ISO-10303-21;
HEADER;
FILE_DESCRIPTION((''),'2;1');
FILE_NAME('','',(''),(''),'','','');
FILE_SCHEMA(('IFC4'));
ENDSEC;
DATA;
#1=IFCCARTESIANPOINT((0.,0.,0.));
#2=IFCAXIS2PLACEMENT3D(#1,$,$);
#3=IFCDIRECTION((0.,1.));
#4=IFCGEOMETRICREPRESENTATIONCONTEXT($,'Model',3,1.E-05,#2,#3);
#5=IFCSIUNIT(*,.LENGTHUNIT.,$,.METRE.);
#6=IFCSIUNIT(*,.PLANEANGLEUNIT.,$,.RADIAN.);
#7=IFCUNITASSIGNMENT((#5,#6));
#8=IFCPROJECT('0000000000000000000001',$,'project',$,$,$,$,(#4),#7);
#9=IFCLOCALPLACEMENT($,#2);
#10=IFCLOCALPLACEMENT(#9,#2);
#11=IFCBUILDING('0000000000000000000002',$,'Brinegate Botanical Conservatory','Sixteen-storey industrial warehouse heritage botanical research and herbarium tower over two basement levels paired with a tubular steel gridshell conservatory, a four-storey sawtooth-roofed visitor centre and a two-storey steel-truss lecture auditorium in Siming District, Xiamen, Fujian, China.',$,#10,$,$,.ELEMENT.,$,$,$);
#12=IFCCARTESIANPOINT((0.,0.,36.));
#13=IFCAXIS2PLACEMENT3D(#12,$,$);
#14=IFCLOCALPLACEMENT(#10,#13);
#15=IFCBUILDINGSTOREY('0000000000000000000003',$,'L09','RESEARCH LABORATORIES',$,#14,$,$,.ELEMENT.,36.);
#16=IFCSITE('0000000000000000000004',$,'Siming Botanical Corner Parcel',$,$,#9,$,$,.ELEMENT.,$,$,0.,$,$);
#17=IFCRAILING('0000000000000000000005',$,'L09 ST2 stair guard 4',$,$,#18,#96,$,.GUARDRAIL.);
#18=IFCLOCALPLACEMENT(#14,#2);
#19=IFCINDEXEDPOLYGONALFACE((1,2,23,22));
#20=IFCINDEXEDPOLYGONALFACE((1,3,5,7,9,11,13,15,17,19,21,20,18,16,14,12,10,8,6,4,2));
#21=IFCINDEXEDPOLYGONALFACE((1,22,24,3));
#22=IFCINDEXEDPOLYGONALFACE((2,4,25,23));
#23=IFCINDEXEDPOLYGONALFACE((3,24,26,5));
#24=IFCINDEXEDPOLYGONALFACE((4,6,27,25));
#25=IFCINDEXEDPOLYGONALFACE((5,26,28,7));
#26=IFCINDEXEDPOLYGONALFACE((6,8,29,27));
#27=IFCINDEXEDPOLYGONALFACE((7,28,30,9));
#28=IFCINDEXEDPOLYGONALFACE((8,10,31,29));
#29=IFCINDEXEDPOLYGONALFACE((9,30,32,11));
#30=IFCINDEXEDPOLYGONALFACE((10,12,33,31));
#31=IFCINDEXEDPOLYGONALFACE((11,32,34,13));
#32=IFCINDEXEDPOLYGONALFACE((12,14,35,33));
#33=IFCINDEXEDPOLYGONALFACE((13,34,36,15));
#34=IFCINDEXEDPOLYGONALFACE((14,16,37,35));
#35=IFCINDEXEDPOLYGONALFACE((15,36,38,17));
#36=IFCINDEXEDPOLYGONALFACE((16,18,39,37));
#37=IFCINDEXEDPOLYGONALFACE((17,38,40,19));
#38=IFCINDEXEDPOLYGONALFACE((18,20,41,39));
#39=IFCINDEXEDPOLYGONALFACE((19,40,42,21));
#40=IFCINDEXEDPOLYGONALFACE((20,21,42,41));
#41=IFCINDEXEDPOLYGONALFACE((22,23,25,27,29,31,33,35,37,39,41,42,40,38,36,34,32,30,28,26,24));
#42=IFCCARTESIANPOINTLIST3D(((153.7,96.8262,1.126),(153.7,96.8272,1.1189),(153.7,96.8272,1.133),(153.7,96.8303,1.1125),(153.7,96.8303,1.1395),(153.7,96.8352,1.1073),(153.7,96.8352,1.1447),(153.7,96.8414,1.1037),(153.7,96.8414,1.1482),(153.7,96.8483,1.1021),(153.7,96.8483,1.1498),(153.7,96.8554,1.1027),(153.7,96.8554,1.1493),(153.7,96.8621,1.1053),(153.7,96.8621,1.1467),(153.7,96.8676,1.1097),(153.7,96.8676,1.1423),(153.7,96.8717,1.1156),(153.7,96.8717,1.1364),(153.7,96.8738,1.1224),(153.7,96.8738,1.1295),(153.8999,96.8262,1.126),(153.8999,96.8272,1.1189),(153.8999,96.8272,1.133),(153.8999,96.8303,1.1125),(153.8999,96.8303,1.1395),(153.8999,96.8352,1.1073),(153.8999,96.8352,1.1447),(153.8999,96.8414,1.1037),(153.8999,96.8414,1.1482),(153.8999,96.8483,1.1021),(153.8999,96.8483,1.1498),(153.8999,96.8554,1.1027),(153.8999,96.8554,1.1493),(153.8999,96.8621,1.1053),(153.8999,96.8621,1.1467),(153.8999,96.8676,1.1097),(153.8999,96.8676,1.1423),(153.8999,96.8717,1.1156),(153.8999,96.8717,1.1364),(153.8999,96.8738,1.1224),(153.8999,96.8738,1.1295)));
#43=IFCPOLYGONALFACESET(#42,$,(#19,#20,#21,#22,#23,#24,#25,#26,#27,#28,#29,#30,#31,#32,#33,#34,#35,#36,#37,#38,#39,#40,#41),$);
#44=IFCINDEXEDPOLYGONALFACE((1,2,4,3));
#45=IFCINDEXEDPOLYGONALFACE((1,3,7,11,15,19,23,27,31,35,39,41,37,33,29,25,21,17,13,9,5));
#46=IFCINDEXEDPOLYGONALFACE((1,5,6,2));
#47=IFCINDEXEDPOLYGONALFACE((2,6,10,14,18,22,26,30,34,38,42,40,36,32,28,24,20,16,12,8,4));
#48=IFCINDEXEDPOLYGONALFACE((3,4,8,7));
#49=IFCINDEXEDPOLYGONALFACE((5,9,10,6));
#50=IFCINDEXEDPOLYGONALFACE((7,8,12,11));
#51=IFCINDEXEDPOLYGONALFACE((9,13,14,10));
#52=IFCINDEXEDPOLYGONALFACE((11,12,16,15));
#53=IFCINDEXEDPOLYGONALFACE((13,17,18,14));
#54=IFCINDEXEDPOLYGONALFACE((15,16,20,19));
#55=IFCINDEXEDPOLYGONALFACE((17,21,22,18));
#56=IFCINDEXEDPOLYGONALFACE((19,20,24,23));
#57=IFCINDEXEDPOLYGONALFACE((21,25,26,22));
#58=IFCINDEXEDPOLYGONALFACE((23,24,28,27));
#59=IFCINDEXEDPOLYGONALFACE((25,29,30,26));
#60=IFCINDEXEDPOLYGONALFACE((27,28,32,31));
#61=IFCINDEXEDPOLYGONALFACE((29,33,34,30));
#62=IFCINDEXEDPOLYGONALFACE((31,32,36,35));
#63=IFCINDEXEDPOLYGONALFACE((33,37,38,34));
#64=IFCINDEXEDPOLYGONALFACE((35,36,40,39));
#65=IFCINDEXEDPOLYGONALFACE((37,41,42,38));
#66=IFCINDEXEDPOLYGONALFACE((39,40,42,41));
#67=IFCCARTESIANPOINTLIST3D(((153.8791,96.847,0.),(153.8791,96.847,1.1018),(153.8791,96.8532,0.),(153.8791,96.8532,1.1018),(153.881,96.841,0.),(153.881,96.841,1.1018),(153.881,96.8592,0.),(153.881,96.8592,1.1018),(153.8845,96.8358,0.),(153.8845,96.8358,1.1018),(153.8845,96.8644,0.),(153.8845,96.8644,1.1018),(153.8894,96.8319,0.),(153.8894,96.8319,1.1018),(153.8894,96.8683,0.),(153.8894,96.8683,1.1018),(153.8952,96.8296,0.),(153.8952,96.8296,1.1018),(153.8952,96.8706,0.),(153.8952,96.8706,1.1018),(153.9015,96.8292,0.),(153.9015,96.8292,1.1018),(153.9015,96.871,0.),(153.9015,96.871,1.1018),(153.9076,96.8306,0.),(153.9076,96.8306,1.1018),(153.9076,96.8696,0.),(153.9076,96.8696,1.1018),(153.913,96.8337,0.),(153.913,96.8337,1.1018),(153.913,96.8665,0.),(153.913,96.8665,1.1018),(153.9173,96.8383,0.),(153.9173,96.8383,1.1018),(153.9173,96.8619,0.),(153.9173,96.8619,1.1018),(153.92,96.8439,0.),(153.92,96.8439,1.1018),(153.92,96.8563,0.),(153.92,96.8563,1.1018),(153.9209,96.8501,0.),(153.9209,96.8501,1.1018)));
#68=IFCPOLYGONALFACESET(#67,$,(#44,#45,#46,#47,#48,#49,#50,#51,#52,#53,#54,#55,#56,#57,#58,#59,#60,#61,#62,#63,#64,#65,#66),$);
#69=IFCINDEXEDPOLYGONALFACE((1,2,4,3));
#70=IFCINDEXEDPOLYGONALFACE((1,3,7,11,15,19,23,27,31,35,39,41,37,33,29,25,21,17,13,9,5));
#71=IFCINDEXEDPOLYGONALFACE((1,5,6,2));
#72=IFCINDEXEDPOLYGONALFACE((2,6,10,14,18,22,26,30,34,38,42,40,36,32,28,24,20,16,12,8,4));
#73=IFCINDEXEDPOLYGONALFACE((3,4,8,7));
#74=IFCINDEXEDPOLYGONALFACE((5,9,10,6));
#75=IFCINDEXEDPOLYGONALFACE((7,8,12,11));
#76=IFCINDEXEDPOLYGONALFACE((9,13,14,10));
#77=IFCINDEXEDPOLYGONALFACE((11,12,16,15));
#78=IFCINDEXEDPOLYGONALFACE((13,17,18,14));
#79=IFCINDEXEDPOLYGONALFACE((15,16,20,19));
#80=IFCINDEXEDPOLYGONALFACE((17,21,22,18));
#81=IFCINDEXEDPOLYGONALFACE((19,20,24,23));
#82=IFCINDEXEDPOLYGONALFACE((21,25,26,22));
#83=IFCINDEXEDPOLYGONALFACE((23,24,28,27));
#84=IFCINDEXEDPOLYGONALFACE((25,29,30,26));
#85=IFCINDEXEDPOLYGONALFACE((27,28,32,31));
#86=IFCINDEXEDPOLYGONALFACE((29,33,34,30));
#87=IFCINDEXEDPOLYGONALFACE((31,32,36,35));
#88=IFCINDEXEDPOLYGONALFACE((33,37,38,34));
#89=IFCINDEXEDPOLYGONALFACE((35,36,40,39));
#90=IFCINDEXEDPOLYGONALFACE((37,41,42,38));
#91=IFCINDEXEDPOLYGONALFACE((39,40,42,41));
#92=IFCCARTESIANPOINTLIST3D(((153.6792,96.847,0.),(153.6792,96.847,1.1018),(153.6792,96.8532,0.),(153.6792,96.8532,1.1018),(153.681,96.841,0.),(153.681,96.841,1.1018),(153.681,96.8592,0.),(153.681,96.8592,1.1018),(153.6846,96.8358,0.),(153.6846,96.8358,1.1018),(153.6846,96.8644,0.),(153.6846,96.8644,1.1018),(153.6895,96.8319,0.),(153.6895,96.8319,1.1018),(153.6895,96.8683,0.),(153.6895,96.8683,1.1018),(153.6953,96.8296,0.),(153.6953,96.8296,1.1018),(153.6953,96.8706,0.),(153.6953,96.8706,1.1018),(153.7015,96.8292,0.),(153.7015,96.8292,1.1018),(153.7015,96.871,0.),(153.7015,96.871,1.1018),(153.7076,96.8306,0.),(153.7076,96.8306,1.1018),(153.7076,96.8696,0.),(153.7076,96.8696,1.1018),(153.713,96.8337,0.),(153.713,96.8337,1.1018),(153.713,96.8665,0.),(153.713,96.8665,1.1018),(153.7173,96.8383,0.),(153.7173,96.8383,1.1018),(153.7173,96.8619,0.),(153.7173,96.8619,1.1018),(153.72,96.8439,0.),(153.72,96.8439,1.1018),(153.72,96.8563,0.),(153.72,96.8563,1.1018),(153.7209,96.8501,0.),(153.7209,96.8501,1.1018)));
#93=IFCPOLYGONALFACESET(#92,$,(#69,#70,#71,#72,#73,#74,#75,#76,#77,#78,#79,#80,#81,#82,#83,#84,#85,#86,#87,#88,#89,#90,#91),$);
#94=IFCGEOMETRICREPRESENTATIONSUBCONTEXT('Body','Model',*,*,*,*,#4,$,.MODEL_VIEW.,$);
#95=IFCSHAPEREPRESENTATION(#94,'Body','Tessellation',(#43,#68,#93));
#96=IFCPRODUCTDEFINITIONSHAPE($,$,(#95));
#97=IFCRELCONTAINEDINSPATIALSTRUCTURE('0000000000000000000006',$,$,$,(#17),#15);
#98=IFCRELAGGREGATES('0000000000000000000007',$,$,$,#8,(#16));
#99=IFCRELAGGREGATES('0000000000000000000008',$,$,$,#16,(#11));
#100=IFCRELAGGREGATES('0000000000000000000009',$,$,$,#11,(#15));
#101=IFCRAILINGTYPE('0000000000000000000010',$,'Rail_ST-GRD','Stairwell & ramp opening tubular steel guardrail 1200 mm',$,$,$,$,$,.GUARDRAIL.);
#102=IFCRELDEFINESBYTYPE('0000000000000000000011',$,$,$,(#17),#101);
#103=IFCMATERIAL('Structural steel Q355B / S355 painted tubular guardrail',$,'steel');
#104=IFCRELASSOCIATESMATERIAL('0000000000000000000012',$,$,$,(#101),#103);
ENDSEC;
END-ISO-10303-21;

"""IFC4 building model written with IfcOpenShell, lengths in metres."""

from ifc_helpers import new_model, si_unit, direction, frame, origin, origin_2d, place, context, subcontext, project, spatial, circle, extrude, material, type_object, element, save


model = new_model("IFC4")

# Units and contexts
model_context = context("Model", 3, precision=1e-05, world=origin(), true_north=direction((0.0, 1.0)))
body_context = subcontext(model_context, "Body", "Model", "MODEL_VIEW")
ifc_project = project(units=[si_unit("LENGTHUNIT", "METRE"), si_unit("PLANEANGLEUNIT", "RADIAN")], contexts=[model_context])

# Site, building, storey
site_placement = place(None, origin())
site = spatial("IfcSite", under=ifc_project, at=site_placement, Name="Siming Botanical Corner Parcel", CompositionType="ELEMENT", RefElevation=0.0)
building_placement = place(site_placement, origin())
building = spatial("IfcBuilding", under=site, at=building_placement, Name="Brinegate Botanical Conservatory", Description="Sixteen-storey industrial warehouse heritage botanical research and herbarium tower over two basement levels paired with a tubular steel gridshell conservatory, a four-storey sawtooth-roofed visitor centre and a two-storey steel-truss lecture auditorium in Siming District, Xiamen, Fujian, China.", CompositionType="ELEMENT")
storey_placement = place(building_placement, frame((0.0, 0.0, 36.0)))
storey = spatial("IfcBuildingStorey", under=building, at=storey_placement, Name="L09", Description="RESEARCH LABORATORIES", CompositionType="ELEMENT", Elevation=36.0)

# Railing
ifc_material_1 = material(Name="Structural steel Q355B / S355 painted tubular guardrail", Category="steel")
railing_type_1 = type_object("IfcRailingType", Name="Rail_ST-GRD", Description="Stairwell & ramp opening tubular steel guardrail 1200 mm", PredefinedType="GUARDRAIL", material=ifc_material_1)
railing_1_placement = place(storey_placement, frame((153.8999, 96.8501, 0.0)))
element("IfcRailing", 1, at=railing_1_placement, inside=storey, type_object=railing_type_1, Name="L09 ST2 stair guard 4", PredefinedType="GUARDRAIL", context=body_context, shape_type="SweptSolid", body=[
    extrude(circle(Radius=0.0239, at=origin_2d()), frame((0.0, 0.0, 1.126), z_axis=(-1.0, 0.0, 0.0), x_axis=(0.0, -1.0, 0.0)), (0.0, 0.0, 1.0), 0.2),
    extrude(circle(Radius=0.021, at=origin_2d()), origin(), (0.0, 0.0, 1.0), 1.1018),
    extrude(circle(Radius=0.021, at=origin_2d()), frame((-0.2, 0.0, 0.0)), (0.0, 0.0, 1.0), 1.1018),
])

save(model, "model.ifc")
